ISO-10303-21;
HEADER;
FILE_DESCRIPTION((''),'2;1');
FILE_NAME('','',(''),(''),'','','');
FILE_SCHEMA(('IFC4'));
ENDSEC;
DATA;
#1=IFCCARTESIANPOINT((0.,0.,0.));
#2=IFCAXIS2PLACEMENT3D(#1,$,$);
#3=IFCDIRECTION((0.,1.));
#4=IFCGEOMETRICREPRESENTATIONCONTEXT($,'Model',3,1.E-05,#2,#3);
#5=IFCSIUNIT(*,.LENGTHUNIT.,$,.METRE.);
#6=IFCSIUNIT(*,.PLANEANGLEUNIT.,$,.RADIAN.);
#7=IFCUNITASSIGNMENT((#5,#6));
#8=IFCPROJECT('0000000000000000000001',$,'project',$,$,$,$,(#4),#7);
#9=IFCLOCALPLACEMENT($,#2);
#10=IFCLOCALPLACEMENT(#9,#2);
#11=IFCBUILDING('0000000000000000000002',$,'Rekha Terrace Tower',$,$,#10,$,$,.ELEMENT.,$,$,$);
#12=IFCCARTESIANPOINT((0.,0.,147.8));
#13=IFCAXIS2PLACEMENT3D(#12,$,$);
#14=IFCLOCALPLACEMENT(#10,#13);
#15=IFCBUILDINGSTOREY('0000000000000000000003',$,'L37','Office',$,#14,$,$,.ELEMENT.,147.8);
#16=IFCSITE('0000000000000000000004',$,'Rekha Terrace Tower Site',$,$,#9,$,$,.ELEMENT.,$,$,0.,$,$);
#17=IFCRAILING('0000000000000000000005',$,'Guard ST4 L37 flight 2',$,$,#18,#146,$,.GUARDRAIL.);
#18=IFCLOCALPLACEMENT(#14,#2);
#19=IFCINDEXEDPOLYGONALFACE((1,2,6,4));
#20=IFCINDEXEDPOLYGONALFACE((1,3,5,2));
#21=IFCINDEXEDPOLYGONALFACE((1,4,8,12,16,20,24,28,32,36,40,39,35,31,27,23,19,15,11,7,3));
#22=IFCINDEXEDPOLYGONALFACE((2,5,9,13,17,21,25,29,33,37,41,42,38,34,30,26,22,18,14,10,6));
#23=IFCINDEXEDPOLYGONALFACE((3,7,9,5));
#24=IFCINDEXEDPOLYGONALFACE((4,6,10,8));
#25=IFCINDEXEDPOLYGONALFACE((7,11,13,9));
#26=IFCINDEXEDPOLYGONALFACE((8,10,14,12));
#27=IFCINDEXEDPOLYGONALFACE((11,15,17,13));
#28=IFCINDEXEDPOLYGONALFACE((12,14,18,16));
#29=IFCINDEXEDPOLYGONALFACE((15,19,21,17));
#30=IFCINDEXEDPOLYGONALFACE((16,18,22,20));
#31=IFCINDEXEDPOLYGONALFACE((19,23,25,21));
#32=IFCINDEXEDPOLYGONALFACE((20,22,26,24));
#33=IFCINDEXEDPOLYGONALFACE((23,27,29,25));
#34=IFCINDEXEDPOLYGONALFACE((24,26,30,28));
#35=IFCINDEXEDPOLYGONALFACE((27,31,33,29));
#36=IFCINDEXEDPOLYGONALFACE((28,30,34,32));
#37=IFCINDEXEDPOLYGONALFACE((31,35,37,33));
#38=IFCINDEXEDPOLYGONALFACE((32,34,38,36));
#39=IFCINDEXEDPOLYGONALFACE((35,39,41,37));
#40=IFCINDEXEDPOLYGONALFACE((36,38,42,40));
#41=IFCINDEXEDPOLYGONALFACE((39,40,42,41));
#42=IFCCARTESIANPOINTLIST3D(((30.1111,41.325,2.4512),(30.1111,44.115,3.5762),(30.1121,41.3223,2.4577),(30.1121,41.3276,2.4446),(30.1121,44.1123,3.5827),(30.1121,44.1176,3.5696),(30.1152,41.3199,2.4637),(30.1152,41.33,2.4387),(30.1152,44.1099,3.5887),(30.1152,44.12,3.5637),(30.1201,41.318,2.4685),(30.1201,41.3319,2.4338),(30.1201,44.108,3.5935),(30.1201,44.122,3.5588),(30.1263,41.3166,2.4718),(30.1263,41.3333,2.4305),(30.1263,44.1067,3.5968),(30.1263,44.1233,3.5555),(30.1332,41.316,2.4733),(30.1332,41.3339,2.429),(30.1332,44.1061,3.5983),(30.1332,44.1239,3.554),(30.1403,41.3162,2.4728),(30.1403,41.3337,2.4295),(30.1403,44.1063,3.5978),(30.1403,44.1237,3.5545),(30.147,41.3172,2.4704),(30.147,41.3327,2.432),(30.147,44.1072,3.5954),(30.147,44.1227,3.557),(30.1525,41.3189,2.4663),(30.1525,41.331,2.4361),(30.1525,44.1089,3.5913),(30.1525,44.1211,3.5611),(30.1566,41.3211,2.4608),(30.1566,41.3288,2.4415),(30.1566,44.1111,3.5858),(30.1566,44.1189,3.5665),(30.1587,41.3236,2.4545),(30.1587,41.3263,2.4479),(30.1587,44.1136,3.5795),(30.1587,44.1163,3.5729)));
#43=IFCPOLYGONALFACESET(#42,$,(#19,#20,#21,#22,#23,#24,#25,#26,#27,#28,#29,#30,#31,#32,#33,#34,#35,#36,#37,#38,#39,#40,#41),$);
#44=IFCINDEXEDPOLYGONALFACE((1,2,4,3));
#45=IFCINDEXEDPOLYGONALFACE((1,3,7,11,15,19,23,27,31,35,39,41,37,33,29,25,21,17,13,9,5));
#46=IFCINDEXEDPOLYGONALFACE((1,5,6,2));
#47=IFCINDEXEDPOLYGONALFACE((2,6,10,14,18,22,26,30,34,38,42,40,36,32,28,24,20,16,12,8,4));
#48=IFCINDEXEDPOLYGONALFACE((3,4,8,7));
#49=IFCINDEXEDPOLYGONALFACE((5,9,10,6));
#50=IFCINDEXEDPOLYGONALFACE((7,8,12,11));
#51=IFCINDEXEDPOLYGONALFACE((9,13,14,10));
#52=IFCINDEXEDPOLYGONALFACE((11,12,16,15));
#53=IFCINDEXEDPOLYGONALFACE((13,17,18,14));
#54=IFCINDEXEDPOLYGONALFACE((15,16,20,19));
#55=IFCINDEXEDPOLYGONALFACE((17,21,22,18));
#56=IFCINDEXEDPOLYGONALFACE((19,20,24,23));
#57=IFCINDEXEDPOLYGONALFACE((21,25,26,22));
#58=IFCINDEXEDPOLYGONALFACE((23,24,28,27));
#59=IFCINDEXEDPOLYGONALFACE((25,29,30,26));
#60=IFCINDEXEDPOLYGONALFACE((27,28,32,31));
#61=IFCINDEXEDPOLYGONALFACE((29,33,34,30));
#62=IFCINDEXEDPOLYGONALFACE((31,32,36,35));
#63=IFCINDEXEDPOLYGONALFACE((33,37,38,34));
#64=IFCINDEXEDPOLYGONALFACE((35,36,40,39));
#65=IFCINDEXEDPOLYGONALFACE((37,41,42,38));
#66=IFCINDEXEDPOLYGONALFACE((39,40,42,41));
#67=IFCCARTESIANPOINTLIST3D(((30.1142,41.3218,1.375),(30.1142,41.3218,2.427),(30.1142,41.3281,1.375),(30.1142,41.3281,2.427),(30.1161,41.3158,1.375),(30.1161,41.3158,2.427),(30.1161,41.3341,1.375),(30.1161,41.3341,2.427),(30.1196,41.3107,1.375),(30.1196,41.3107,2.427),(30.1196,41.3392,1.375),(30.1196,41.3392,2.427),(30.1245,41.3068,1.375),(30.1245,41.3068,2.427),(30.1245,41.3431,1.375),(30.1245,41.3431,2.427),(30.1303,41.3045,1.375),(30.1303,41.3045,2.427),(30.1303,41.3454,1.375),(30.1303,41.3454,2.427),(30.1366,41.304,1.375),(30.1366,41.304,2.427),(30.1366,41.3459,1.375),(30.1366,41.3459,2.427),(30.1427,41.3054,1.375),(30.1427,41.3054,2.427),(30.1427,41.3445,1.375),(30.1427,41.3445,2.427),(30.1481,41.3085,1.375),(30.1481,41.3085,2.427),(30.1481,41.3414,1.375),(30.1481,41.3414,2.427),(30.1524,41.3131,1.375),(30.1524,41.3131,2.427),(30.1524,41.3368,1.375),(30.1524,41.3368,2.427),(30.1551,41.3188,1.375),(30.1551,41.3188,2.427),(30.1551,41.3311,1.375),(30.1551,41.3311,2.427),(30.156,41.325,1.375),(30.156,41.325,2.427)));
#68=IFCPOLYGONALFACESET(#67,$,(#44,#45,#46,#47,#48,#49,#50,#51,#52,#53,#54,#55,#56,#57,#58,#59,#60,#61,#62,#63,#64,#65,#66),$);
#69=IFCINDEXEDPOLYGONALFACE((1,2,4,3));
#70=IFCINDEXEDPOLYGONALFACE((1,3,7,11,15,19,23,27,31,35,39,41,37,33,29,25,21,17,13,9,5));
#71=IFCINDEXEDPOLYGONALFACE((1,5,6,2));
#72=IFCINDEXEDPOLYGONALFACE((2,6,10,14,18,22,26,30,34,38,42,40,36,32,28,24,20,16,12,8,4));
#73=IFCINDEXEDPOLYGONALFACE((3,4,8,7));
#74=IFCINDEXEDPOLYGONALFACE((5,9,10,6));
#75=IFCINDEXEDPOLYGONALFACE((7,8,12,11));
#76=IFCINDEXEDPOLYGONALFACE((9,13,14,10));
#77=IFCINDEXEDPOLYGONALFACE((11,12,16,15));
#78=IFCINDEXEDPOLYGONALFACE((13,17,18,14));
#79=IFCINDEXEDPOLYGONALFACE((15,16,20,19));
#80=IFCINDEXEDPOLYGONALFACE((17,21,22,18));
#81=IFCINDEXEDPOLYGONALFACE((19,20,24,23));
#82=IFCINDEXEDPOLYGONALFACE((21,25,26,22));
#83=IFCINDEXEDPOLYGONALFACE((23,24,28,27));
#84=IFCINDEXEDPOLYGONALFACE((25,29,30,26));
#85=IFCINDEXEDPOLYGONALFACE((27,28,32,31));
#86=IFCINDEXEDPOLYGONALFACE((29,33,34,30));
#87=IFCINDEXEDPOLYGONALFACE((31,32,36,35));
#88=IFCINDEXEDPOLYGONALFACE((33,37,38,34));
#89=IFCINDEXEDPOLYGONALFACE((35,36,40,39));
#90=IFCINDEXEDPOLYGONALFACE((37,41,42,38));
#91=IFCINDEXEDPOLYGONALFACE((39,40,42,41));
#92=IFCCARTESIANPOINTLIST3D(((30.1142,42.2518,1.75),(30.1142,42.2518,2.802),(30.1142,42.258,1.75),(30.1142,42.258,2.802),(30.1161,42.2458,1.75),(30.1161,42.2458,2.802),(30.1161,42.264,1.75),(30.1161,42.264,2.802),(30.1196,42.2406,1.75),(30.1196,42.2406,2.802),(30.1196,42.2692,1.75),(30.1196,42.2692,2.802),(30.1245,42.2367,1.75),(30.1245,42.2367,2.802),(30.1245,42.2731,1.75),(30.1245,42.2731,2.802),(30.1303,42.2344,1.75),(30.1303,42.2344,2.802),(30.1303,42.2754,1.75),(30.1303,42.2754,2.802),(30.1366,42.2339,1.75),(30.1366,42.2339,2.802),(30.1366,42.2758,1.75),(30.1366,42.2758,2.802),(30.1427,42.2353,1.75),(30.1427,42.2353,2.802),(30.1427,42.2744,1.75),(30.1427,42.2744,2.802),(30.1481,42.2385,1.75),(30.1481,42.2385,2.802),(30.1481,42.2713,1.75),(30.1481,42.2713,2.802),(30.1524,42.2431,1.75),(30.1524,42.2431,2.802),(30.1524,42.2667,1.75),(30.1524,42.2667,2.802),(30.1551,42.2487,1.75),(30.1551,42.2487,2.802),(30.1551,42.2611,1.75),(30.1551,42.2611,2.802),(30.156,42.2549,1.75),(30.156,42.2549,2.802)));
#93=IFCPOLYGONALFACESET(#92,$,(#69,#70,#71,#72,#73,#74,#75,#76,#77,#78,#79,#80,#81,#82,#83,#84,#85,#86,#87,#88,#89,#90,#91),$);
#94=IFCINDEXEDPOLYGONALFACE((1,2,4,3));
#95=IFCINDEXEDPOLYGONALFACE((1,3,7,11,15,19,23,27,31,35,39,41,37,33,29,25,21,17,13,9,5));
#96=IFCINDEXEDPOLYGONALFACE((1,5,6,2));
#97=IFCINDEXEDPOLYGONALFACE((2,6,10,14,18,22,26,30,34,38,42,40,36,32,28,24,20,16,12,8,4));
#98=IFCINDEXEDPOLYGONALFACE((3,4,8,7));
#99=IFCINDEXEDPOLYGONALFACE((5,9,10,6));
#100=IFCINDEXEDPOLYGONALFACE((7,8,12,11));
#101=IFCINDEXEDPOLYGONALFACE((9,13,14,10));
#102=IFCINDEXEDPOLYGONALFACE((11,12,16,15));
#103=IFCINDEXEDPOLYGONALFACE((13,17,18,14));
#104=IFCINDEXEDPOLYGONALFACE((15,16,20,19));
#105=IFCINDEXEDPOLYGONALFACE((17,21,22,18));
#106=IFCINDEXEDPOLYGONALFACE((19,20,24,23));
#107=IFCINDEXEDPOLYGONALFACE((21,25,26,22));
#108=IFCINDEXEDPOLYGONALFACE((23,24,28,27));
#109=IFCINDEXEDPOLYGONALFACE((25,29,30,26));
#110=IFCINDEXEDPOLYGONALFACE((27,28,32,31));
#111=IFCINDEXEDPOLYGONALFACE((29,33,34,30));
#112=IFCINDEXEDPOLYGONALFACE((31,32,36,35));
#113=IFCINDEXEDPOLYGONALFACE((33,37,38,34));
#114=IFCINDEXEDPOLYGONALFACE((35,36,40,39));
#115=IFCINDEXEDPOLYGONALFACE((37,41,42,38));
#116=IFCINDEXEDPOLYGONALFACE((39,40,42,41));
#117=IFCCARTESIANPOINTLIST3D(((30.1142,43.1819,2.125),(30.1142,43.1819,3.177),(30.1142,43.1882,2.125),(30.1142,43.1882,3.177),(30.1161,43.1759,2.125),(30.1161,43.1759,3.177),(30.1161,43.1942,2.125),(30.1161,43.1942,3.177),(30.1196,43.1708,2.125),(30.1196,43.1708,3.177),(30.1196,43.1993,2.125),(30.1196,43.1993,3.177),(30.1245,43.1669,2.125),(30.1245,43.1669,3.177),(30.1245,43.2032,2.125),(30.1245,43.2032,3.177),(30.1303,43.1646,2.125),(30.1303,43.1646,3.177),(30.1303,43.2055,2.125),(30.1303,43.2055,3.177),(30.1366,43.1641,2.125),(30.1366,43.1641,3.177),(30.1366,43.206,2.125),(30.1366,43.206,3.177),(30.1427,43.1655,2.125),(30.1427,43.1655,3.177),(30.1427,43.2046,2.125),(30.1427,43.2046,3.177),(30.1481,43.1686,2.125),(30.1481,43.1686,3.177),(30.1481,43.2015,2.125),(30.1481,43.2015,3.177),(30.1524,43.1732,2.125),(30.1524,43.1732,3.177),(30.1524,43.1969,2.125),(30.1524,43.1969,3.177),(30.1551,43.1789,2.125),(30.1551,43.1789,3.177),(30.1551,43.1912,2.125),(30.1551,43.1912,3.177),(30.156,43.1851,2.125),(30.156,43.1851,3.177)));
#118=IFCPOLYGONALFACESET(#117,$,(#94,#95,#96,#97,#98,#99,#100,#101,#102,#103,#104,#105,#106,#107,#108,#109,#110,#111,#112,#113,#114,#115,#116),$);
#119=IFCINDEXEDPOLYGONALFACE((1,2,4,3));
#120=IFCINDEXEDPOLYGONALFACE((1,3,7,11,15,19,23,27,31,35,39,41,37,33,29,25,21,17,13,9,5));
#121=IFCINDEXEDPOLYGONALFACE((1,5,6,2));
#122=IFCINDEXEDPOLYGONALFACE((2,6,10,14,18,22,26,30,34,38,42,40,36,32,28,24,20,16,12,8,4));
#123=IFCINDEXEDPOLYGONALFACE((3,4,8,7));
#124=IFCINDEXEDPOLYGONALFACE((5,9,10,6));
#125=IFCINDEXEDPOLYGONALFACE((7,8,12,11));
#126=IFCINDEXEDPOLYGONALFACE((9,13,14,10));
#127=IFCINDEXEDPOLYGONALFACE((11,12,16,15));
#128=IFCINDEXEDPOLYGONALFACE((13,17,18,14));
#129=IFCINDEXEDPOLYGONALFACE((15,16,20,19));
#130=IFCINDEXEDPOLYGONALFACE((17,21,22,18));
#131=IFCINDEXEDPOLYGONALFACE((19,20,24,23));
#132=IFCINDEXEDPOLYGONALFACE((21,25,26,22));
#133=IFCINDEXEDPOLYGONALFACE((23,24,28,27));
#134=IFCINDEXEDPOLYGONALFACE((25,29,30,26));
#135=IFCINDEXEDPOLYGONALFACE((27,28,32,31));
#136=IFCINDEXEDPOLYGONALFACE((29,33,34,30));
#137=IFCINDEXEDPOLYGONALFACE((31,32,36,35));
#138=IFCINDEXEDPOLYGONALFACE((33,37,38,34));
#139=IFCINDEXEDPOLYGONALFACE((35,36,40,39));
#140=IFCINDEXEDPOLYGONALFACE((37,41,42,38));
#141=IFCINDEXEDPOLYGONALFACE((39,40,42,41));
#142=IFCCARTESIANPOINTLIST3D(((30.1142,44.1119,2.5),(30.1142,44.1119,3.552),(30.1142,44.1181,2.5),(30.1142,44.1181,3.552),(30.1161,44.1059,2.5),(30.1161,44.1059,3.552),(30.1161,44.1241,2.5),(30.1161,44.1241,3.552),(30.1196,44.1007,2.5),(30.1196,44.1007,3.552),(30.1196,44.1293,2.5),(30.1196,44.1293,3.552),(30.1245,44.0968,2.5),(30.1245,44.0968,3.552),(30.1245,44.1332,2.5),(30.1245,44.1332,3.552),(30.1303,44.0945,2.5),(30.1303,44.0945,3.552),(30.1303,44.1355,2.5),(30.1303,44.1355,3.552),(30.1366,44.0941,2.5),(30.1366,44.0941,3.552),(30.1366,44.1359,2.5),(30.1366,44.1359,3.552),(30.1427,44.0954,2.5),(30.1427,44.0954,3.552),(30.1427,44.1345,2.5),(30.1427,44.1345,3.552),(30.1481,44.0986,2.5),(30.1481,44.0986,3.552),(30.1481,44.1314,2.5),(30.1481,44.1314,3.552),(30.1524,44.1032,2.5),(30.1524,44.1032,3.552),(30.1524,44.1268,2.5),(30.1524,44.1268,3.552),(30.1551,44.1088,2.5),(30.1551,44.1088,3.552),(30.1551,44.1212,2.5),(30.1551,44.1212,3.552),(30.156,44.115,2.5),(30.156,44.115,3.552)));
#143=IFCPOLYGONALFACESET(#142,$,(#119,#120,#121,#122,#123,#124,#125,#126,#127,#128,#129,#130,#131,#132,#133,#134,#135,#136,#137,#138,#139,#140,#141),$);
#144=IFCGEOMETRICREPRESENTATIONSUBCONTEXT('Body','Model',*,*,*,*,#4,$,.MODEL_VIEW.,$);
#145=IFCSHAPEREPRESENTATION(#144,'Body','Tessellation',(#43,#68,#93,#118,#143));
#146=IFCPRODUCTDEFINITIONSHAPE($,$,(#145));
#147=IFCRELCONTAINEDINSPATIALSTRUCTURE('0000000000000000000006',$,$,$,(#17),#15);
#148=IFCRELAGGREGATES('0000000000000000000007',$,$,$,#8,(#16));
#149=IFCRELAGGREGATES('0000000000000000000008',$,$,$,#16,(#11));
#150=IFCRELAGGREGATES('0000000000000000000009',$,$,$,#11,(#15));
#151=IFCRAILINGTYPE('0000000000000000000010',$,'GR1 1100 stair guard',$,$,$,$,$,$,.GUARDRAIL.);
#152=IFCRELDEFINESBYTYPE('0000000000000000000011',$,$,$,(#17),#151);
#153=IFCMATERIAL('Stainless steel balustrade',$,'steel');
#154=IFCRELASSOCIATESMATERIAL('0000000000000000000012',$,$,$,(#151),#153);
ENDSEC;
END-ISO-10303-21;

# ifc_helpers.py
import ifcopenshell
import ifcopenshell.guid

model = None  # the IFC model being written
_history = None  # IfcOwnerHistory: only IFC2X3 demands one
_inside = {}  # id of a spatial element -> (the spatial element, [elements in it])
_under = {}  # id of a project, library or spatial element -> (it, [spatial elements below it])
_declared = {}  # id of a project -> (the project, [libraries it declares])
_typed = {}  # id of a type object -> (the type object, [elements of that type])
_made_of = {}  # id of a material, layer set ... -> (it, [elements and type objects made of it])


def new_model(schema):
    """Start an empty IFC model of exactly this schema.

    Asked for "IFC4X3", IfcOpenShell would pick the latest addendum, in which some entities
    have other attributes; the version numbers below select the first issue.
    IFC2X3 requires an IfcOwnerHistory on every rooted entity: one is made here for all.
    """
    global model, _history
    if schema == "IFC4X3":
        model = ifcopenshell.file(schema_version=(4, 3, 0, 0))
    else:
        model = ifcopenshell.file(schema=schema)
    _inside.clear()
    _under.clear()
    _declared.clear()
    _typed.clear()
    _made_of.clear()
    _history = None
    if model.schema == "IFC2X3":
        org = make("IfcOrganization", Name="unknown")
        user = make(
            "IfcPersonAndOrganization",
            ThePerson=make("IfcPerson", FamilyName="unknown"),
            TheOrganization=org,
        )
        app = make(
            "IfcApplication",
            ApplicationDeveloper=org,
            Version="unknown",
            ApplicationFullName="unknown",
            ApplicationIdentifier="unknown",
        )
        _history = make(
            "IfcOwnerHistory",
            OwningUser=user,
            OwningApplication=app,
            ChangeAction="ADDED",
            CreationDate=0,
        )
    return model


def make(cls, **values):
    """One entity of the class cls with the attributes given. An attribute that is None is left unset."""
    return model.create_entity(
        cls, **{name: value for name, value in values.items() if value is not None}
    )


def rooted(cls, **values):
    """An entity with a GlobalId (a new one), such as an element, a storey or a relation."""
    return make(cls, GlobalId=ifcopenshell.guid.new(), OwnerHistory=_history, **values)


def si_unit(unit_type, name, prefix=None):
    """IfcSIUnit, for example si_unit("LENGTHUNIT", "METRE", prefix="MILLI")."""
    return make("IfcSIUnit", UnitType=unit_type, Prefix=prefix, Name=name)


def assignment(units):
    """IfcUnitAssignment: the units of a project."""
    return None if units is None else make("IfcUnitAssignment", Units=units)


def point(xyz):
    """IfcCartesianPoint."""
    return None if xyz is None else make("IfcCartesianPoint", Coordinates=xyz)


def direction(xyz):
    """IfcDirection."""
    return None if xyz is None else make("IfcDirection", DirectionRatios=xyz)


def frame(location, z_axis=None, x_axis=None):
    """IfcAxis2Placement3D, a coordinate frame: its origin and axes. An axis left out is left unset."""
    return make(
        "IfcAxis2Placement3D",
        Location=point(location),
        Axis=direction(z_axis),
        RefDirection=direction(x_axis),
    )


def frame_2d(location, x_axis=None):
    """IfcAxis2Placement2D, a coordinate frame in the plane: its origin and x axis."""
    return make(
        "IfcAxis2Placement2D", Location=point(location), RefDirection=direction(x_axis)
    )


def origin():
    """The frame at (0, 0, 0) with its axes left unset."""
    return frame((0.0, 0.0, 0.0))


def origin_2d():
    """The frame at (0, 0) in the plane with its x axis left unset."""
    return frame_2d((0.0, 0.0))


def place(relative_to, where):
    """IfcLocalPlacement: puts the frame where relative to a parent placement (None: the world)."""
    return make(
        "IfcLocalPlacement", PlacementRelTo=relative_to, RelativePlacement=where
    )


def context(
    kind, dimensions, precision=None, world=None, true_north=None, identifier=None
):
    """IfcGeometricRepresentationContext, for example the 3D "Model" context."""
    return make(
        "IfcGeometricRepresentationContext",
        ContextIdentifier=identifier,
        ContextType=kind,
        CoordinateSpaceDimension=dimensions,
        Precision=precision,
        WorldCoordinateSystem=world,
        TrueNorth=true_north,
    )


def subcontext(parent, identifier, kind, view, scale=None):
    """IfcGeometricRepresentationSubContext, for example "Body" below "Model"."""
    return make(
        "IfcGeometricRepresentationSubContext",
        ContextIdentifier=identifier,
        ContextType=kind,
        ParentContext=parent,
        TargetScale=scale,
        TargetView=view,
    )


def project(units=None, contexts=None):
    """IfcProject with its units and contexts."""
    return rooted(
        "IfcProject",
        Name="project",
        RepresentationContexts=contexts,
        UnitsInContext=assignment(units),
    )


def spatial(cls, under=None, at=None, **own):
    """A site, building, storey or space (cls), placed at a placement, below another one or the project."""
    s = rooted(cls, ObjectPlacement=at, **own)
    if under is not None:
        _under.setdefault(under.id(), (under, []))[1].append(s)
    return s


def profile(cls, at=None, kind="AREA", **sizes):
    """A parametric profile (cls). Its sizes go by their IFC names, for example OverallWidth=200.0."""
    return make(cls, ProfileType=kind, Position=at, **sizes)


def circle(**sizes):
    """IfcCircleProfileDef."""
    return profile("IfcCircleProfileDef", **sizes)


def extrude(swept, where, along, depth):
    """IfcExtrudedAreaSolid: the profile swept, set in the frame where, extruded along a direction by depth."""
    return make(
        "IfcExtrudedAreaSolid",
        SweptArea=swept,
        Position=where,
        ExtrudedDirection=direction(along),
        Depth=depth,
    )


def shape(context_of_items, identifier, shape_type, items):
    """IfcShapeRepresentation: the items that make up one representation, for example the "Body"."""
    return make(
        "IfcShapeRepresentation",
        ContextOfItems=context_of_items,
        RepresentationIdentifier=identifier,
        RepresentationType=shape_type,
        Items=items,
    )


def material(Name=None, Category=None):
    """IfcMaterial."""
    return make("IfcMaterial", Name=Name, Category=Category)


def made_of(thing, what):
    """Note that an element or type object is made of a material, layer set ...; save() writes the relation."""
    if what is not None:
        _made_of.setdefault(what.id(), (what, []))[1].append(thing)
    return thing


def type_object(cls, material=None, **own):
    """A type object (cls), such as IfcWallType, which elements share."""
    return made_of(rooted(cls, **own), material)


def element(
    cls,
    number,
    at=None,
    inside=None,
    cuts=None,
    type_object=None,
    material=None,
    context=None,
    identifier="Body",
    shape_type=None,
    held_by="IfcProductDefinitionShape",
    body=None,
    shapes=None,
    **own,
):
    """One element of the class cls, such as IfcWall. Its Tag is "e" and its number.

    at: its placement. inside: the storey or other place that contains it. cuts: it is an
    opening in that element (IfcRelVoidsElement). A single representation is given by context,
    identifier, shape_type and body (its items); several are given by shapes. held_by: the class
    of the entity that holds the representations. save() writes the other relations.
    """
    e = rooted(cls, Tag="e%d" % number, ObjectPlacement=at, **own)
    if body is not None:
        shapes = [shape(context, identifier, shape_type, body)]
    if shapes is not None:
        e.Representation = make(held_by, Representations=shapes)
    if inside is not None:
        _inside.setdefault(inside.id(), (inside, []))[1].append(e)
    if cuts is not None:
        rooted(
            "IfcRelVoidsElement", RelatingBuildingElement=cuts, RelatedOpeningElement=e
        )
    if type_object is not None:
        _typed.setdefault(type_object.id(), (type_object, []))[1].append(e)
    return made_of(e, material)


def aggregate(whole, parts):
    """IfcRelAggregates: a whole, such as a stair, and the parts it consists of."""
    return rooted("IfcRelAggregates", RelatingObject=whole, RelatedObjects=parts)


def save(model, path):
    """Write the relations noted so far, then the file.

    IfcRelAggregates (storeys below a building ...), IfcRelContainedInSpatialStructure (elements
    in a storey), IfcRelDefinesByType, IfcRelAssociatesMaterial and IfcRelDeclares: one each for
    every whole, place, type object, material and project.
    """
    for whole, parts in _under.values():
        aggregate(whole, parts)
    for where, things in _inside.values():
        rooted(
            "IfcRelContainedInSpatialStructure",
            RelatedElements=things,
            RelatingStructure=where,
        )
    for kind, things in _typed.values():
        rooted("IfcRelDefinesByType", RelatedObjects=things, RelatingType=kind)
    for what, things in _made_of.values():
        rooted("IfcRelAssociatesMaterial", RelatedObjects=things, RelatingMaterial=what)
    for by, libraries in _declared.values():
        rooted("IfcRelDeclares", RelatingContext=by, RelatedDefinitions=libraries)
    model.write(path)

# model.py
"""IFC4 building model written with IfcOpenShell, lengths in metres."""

from ifc_helpers import new_model, si_unit, direction, frame, origin, origin_2d, place, context, subcontext, project, spatial, circle, extrude, material, type_object, element, save


model = new_model("IFC4")

# Units and contexts
model_context = context("Model", 3, precision=1e-05, world=origin(), true_north=direction((0.0, 1.0)))
body_context = subcontext(model_context, "Body", "Model", "MODEL_VIEW")
ifc_project = project(units=[si_unit("LENGTHUNIT", "METRE"), si_unit("PLANEANGLEUNIT", "RADIAN")], contexts=[model_context])

# Site, building, storey
site_placement = place(None, origin())
site = spatial("IfcSite", under=ifc_project, at=site_placement, Name="Rekha Terrace Tower Site", CompositionType="ELEMENT", RefElevation=0.0)
building_placement = place(site_placement, origin())
building = spatial("IfcBuilding", under=site, at=building_placement, Name="Rekha Terrace Tower", CompositionType="ELEMENT")
storey_placement = place(building_placement, frame((0.0, 0.0, 147.8)))
storey = spatial("IfcBuildingStorey", under=building, at=storey_placement, Name="L37", Description="Office", CompositionType="ELEMENT", Elevation=147.8)

# Railing
ifc_material_1 = material(Name="Stainless steel balustrade", Category="steel")
railing_type_1 = type_object("IfcRailingType", Name="GR1 1100 stair guard", PredefinedType="GUARDRAIL", material=ifc_material_1)
railing_1_placement = place(storey_placement, frame((30.135, 41.325, 1.375)))
element("IfcRailing", 1, at=railing_1_placement, inside=storey, type_object=railing_type_1, Name="Guard ST4 L37 flight 2", PredefinedType="GUARDRAIL", context=body_context, shape_type="SweptSolid", body=[
    extrude(circle(Radius=0.0239, at=origin_2d()), frame((0.0, 0.0, 1.0762), z_axis=(0.0, 0.927443, 0.373964), x_axis=(-1.0, 0.0, 0.0)), (0.0, 0.0, 1.0), 3.0083),
    extrude(circle(Radius=0.021, at=origin_2d()), origin(), (0.0, 0.0, 1.0), 1.052),
    extrude(circle(Radius=0.021, at=origin_2d()), frame((0.0, 0.9299, 0.375)), (0.0, 0.0, 1.0), 1.052),
    extrude(circle(Radius=0.021, at=origin_2d()), frame((0.0, 1.8601, 0.75)), (0.0, 0.0, 1.0), 1.052),
    extrude(circle(Radius=0.021, at=origin_2d()), frame((0.0, 2.79, 1.125)), (0.0, 0.0, 1.0), 1.052),
])

save(model, "model.ifc")
